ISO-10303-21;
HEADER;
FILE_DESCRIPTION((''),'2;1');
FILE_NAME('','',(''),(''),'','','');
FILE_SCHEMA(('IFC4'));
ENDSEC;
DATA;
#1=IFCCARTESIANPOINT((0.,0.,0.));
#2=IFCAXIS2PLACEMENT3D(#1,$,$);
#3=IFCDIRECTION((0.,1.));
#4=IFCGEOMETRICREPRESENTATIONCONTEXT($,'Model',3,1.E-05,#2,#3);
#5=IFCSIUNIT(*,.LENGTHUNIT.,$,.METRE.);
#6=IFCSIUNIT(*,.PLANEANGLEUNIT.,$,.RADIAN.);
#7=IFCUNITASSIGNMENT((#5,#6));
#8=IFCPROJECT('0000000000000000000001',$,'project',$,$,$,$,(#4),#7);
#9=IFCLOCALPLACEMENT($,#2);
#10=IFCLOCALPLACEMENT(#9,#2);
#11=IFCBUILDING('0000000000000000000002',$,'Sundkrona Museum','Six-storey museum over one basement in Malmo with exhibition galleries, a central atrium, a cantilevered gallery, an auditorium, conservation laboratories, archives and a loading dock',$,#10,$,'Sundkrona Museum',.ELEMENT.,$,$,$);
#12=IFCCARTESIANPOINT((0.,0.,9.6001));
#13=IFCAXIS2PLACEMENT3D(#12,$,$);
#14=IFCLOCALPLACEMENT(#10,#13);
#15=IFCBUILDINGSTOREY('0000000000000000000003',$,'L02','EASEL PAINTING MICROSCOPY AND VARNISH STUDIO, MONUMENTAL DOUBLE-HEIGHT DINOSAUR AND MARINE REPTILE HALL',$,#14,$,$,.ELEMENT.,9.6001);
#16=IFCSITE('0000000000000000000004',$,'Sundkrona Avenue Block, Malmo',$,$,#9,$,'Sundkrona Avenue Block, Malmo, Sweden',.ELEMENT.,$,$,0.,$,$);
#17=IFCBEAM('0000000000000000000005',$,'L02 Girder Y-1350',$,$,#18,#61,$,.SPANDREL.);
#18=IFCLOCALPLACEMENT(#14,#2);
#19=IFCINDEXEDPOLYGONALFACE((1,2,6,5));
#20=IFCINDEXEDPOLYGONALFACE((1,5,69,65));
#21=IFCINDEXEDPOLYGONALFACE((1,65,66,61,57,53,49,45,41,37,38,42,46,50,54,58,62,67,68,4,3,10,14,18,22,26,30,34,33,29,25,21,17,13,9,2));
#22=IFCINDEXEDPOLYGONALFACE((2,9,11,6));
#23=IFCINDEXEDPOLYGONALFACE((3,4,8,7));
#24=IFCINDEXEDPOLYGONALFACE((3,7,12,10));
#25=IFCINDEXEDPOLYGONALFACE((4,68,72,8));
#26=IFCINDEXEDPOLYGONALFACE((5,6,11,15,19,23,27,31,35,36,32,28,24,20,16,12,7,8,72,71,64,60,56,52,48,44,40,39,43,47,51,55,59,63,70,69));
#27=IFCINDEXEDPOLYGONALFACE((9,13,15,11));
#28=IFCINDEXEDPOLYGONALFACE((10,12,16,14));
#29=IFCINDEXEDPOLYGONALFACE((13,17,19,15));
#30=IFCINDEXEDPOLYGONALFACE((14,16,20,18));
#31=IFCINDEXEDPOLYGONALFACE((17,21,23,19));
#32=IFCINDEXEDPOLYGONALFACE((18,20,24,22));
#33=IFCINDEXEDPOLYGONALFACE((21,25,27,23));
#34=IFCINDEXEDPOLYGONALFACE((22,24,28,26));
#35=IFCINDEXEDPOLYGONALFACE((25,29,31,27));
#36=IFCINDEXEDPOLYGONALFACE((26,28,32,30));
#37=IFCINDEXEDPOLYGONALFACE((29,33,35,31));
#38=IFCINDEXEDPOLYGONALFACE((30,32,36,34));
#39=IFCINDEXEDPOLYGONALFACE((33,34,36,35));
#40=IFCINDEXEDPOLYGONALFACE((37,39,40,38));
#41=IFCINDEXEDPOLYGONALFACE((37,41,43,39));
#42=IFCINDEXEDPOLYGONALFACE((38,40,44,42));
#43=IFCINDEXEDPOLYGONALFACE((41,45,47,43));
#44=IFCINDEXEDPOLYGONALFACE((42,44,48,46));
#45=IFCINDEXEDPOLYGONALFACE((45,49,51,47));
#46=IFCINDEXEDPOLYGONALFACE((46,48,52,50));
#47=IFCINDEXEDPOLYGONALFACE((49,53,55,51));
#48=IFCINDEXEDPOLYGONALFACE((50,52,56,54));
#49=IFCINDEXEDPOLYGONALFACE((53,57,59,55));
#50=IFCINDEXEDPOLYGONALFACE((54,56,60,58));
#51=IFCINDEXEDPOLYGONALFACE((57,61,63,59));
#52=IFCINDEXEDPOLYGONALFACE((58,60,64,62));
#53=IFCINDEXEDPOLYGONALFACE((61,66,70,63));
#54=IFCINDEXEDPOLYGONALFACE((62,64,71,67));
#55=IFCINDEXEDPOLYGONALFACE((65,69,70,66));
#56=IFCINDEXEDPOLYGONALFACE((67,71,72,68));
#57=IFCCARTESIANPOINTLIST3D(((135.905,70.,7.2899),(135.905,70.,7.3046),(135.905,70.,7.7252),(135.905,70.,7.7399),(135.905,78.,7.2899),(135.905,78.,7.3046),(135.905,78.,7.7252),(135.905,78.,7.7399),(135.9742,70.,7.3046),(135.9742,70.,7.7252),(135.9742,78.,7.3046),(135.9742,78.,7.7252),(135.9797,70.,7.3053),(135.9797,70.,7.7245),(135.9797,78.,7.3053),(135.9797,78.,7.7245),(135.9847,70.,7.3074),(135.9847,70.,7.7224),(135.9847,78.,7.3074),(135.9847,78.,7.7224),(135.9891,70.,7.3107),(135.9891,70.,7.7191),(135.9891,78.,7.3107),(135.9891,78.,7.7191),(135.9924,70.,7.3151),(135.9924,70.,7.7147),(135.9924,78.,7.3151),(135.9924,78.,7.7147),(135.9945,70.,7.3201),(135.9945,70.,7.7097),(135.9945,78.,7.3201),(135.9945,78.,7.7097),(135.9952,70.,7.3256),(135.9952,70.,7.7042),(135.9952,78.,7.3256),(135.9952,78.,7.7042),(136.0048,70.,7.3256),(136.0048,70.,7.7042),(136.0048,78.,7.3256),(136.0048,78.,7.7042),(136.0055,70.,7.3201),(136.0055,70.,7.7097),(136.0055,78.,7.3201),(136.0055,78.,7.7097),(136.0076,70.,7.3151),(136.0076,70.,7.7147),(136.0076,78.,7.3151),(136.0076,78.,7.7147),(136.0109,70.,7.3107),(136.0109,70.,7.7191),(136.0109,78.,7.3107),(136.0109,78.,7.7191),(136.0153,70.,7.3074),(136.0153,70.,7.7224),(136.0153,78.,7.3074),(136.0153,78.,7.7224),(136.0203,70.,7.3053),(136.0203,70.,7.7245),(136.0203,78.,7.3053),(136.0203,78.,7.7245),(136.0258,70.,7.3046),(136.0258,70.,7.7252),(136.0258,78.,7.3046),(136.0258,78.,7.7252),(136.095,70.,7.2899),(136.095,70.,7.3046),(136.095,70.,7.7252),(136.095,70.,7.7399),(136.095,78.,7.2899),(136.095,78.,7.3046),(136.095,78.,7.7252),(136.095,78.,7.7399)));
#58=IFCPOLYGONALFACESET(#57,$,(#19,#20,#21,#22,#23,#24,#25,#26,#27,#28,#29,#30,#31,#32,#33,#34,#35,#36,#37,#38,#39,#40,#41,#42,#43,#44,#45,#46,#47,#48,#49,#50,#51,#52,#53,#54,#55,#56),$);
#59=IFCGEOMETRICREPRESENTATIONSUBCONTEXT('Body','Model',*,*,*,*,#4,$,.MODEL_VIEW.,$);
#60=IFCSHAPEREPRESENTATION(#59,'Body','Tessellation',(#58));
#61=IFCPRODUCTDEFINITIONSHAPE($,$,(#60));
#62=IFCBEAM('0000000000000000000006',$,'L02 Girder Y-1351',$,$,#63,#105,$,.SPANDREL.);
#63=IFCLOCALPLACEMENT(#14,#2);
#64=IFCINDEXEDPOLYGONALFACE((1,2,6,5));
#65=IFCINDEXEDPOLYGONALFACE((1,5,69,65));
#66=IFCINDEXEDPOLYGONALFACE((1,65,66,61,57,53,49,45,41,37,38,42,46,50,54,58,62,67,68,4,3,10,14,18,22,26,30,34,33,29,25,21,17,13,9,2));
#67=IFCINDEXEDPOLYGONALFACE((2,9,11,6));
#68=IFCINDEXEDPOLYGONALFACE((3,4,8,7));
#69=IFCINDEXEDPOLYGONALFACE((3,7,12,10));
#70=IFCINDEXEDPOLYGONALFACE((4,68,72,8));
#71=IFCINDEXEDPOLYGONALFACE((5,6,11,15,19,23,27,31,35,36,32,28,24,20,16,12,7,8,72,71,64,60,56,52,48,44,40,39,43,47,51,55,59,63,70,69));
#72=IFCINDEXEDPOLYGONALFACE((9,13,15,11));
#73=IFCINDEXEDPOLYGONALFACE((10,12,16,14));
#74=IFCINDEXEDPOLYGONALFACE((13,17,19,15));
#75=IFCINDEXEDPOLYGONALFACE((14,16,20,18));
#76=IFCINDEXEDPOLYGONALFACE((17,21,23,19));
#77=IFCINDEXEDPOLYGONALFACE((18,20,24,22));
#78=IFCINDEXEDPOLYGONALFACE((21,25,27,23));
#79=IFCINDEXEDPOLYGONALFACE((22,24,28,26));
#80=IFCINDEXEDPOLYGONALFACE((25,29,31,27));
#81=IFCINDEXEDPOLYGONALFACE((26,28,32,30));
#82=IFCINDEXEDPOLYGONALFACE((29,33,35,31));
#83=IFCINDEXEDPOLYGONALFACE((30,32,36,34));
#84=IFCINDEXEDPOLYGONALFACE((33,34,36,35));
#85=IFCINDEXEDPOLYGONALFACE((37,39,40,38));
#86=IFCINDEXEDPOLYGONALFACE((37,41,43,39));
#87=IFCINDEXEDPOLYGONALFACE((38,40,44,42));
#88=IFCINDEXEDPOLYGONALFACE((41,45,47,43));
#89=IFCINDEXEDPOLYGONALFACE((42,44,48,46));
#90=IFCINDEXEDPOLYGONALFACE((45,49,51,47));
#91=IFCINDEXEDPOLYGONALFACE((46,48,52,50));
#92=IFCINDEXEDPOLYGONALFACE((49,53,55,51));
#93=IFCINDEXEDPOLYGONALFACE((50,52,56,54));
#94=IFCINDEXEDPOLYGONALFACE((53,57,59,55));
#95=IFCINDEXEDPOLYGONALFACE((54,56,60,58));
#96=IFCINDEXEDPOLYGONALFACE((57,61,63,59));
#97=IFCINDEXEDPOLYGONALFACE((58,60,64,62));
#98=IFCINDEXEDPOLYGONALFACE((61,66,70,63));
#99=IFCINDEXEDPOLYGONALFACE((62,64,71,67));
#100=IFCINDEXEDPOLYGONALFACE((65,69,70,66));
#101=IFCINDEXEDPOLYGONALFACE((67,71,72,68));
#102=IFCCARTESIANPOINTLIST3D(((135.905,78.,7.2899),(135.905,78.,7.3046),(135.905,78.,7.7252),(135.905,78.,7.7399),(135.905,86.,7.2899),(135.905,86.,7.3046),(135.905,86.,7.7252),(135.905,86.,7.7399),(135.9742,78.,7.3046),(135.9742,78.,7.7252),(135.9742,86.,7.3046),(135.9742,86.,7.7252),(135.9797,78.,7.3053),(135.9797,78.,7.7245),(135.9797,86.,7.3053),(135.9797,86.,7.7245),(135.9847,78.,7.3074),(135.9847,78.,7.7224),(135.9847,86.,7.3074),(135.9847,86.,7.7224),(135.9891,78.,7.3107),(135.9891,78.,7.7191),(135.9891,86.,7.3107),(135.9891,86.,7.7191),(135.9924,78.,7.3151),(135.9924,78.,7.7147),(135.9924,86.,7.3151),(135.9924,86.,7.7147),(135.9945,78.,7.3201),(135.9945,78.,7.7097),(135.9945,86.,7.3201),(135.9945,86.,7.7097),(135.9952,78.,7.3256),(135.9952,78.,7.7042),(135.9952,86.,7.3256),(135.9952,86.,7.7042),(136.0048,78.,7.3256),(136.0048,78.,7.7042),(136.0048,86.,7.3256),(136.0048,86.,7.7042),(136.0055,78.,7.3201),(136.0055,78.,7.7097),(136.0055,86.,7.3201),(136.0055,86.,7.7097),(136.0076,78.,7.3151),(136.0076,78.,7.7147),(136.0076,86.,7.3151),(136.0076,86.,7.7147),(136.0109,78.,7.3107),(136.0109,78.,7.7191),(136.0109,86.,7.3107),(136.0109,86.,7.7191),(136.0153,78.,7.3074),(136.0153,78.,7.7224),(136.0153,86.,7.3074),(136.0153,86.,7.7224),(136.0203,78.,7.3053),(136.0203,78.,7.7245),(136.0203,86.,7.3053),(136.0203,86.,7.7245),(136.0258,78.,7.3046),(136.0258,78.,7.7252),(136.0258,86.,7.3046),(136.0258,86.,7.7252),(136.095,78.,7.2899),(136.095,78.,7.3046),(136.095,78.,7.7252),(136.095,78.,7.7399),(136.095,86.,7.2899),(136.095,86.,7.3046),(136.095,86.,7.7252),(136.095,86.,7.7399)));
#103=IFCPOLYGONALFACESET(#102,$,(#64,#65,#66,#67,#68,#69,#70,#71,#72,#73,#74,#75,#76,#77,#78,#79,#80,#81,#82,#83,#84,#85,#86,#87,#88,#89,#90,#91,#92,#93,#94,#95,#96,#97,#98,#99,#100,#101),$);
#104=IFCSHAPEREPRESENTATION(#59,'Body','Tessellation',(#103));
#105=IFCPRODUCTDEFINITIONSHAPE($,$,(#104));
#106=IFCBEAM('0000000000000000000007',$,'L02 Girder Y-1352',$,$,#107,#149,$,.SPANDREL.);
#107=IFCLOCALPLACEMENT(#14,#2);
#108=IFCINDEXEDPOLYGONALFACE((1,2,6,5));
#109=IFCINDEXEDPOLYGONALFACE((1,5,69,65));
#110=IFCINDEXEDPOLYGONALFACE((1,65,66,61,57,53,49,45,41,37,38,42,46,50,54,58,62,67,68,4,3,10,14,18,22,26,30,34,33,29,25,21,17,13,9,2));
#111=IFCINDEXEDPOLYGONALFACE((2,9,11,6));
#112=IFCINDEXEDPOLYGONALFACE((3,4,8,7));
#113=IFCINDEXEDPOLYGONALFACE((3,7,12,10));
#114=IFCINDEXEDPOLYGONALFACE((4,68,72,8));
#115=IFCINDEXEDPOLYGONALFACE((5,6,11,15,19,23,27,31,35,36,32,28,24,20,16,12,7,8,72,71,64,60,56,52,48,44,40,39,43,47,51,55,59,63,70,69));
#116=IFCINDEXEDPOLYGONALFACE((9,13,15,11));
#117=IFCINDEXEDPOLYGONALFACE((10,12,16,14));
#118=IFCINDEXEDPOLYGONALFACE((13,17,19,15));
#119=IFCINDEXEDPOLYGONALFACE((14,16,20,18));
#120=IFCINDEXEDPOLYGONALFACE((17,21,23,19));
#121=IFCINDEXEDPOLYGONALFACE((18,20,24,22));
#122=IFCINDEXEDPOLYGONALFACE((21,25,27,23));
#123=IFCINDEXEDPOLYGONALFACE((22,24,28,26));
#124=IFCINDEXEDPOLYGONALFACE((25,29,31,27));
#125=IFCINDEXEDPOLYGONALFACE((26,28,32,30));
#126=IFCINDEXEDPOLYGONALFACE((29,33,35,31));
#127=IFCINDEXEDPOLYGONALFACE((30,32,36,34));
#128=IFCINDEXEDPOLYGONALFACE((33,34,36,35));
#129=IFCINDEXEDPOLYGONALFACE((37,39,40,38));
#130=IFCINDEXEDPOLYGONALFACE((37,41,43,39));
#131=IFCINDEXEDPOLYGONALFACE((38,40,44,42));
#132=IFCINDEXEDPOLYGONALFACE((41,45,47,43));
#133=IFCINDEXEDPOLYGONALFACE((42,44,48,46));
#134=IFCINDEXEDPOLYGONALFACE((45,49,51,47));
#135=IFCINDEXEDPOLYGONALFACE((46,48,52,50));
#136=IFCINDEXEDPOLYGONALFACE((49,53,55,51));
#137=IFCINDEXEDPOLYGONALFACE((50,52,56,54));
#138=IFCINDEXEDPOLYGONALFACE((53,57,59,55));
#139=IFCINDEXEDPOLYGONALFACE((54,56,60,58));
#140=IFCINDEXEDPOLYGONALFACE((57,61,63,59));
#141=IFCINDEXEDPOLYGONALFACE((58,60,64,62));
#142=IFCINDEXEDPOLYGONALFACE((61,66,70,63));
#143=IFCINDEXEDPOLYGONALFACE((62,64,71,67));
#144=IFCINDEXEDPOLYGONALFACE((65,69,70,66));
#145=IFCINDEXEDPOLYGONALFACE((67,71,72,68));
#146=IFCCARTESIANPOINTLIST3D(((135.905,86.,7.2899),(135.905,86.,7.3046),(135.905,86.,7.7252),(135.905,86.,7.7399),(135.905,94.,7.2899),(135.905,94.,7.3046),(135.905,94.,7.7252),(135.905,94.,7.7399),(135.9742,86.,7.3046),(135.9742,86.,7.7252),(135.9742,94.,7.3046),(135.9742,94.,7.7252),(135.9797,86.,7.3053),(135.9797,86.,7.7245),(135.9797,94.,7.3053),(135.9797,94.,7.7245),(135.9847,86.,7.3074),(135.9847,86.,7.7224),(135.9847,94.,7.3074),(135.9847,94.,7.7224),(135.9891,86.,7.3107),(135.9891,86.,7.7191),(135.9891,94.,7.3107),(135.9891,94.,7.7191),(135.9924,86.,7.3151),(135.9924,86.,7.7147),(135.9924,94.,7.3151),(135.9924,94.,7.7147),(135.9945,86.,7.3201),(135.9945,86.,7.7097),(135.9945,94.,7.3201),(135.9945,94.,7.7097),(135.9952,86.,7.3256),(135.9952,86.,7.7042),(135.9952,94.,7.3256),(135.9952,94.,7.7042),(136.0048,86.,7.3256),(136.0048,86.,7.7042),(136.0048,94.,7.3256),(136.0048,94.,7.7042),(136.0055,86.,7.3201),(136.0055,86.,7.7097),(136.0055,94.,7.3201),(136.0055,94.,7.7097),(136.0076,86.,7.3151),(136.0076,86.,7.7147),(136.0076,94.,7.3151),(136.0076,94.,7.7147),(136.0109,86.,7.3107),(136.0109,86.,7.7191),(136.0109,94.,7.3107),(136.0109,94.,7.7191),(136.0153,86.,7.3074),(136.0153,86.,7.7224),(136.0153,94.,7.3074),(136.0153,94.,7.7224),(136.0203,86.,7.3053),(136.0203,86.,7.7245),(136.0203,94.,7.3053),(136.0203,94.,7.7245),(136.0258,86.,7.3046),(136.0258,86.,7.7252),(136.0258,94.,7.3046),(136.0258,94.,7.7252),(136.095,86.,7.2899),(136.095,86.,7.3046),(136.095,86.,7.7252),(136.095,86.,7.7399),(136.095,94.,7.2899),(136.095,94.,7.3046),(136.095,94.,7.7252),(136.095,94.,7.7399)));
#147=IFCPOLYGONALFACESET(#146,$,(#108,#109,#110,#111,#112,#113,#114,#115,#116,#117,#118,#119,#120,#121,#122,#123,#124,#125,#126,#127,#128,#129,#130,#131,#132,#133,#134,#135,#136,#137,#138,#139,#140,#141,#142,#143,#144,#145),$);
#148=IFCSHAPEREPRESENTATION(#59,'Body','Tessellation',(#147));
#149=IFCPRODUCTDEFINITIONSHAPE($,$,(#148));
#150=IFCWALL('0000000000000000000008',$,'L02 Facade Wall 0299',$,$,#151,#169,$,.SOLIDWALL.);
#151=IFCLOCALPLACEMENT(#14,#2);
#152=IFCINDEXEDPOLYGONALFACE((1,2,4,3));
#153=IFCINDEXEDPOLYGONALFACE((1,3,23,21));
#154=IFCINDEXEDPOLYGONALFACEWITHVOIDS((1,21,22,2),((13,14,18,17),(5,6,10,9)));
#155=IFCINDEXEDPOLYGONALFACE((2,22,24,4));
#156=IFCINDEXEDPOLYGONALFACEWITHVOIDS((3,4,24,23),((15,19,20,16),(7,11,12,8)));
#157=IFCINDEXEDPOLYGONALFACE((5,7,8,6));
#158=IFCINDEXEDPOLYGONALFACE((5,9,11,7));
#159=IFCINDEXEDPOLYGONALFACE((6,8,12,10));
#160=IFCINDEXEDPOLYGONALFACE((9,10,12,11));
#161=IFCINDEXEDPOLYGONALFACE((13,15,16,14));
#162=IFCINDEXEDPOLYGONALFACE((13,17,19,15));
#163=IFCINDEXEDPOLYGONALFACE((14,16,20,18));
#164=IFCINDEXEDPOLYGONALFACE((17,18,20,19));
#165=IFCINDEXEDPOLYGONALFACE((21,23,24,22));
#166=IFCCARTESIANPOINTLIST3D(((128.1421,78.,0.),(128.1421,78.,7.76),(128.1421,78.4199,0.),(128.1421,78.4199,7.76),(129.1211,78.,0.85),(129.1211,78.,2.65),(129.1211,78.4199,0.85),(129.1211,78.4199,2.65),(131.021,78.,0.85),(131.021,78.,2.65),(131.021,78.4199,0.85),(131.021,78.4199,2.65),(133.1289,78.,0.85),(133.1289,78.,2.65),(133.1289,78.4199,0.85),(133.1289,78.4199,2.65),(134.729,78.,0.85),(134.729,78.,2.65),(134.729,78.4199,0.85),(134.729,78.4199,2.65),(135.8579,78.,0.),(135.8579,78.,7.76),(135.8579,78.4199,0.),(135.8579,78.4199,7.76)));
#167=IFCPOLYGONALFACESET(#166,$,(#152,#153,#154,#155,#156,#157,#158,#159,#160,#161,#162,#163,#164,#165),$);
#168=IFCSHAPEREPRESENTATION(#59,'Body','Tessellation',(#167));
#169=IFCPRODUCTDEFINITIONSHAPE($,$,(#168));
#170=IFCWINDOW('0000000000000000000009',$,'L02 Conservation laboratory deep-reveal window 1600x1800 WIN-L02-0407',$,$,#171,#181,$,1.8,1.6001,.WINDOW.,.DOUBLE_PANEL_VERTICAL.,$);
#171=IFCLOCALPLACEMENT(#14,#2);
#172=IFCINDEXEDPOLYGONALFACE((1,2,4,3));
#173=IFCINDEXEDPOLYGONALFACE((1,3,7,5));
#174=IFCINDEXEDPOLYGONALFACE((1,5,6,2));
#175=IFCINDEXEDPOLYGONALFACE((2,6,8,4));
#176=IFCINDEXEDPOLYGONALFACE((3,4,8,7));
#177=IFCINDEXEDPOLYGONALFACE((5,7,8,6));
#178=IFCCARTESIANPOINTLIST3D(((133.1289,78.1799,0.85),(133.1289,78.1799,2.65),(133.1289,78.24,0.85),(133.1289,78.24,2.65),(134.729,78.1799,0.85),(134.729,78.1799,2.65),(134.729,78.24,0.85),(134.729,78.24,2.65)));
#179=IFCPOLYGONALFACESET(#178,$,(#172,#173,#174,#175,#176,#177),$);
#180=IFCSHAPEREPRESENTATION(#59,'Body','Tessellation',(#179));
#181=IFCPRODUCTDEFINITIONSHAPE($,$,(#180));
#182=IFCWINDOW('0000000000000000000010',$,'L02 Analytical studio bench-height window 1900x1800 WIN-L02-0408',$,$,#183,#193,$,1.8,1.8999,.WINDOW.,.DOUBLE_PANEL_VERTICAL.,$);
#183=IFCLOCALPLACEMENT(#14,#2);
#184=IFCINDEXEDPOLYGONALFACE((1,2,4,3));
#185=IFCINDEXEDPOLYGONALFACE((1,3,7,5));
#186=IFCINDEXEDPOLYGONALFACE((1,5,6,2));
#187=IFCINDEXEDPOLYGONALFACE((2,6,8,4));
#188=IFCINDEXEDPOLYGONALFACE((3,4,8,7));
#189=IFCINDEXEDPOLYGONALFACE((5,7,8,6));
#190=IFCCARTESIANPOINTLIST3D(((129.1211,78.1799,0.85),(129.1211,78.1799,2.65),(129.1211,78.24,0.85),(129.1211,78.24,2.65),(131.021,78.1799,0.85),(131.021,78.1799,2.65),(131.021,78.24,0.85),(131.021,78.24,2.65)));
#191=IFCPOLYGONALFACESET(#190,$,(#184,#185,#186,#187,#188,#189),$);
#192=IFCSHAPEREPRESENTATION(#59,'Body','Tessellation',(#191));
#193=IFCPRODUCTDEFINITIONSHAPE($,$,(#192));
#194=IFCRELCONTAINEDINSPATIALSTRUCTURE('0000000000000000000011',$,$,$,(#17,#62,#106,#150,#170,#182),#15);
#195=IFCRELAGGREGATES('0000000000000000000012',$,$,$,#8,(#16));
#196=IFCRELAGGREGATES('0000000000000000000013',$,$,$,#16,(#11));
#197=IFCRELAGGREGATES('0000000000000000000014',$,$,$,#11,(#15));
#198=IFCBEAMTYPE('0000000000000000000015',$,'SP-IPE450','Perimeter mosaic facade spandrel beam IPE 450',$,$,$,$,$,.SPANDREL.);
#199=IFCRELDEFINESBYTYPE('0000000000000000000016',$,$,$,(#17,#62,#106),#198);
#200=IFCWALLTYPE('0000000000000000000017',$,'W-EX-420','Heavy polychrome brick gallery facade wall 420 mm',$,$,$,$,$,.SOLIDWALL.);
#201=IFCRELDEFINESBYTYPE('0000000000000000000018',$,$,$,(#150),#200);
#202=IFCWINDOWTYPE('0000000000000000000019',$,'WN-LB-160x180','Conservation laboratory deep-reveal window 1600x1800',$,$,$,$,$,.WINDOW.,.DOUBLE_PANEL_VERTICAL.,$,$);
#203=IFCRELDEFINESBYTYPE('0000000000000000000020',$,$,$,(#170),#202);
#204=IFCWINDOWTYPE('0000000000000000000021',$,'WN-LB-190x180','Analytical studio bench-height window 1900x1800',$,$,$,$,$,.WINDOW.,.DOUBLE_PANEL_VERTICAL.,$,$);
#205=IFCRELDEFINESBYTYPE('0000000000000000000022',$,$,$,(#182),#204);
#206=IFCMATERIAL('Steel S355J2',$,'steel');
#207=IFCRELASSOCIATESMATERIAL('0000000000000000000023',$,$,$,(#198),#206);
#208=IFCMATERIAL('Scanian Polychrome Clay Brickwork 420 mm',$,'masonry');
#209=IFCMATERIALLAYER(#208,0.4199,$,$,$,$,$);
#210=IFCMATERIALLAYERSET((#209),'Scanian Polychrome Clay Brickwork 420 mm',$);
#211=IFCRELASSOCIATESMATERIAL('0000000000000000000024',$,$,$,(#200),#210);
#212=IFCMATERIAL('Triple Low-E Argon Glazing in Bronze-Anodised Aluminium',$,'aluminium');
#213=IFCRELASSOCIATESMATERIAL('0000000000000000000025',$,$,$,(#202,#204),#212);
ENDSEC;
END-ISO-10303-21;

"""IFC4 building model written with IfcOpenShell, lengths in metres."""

from ifc_helpers import new_model, si_unit, direction, frame, frame_2d, origin, origin_2d, place, context, subcontext, project, spatial, rectangle, i_section, extrude, material, layer, layer_set, material_profile, profile_set, type_object, element, fill, save


model = new_model("IFC4")

# Units and contexts
model_context = context("Model", 3, precision=1e-05, world=origin(), true_north=direction((0.0, 1.0)))
body_context = subcontext(model_context, "Body", "Model", "MODEL_VIEW")
ifc_project = project(units=[si_unit("LENGTHUNIT", "METRE"), si_unit("PLANEANGLEUNIT", "RADIAN")], contexts=[model_context])

# Site, building, storey
site_placement = place(None, origin())
site = spatial("IfcSite", under=ifc_project, at=site_placement, Name="Sundkrona Avenue Block, Malmo", LongName="Sundkrona Avenue Block, Malmo, Sweden", CompositionType="ELEMENT", RefElevation=0.0)
building_placement = place(site_placement, origin())
building = spatial("IfcBuilding", under=site, at=building_placement, Name="Sundkrona Museum", Description="Six-storey museum over one basement in Malmo with exhibition galleries, a central atrium, a cantilevered gallery, an auditorium, conservation laboratories, archives and a loading dock", LongName="Sundkrona Museum", CompositionType="ELEMENT")
storey_placement = place(building_placement, frame((0.0, 0.0, 9.6001)))
storey = spatial("IfcBuildingStorey", under=building, at=storey_placement, Name="L02", Description="EASEL PAINTING MICROSCOPY AND VARNISH STUDIO, MONUMENTAL DOUBLE-HEIGHT DINOSAUR AND MARINE REPTILE HALL", CompositionType="ELEMENT", Elevation=9.6001)

# Shared definitions
ifc_material_1 = material(Name="Steel S355J2", Category="steel")

# Beams
ifc_material_profile_1 = material_profile(ifc_material_1, i_section(OverallWidth=0.1899, OverallDepth=0.45, WebThickness=0.0095, FlangeThickness=0.0146, FilletRadius=0.021, at=origin_2d()), Name="IPE 450")
ifc_profile_set_1 = profile_set([ifc_material_profile_1], Name="Steel S355J2")
beam_type_1 = type_object("IfcBeamType", Name="SP-IPE450", Description="Perimeter mosaic facade spandrel beam IPE 450", PredefinedType="SPANDREL", material=ifc_profile_set_1)
for number, where, z_axis, x_axis, name in (
    (1, (136.0, 70.0, 7.5149), (0.0, 1.0, 0.0), (-1.0, 0.0, 0.0), "L02 Girder Y-1350"),
    (2, (136.0, 78.0, 7.5149), (0.0, 1.0, 0.0), (-1.0, 0.0, 0.0), "L02 Girder Y-1351"),
    (3, (136.0, 86.0, 7.5149), (0.0, 1.0, 0.0), (-1.0, 0.0, 0.0), "L02 Girder Y-1352"),
):
    element("IfcBeam", number, at=place(storey_placement, frame(where, z_axis=z_axis, x_axis=x_axis)), inside=storey, type_object=beam_type_1, Name=name, PredefinedType="SPANDREL", context=body_context, shape_type="SweptSolid", body=[
        extrude(i_section(OverallWidth=0.1899, OverallDepth=0.45, WebThickness=0.0095, FlangeThickness=0.0146, FilletRadius=0.021, at=origin_2d()), origin(), (0.0, 0.0, 1.0), 8.0),
    ])

# Wall, openings, windows
ifc_material_2 = material(Name="Scanian Polychrome Clay Brickwork 420 mm", Category="masonry")
ifc_layer_1 = layer(ifc_material_2, 0.4199)
ifc_layer_set_1 = layer_set([ifc_layer_1], Name="Scanian Polychrome Clay Brickwork 420 mm")
wall_type_1 = type_object("IfcWallType", Name="W-EX-420", Description="Heavy polychrome brick gallery facade wall 420 mm", PredefinedType="SOLIDWALL", material=ifc_layer_set_1)
wall_1_placement = place(storey_placement, frame((135.8579, 78.21, 0.0), z_axis=(0.0, 0.0, 1.0), x_axis=(-1.0, 0.0, 0.0)))
wall_1 = element("IfcWall", 4, at=wall_1_placement, inside=storey, type_object=wall_type_1, Name="L02 Facade Wall 0299", PredefinedType="SOLIDWALL", context=body_context, shape_type="SweptSolid", body=[
    extrude(rectangle(XDim=7.7158, YDim=0.4199, at=frame_2d((3.8579, 0.0))), origin(), (0.0, 0.0, 1.0), 7.76),
])
opening_1_placement = place(wall_1_placement, frame((1.1289, 0.0, 0.8501)))
opening_1 = element("IfcOpeningElement", 5, at=opening_1_placement, cuts=wall_1, PredefinedType="OPENING", context=body_context, shape_type="SweptSolid", body=[
    extrude(rectangle(XDim=1.6001, YDim=1.8, at=frame_2d((0.8, 0.8999))), frame((0.0, 0.22, 0.0), z_axis=(0.0, -1.0, 0.0), x_axis=(1.0, 0.0, 0.0)), (0.0, 0.0, 1.0), 0.4399),
])
opening_2_placement = place(wall_1_placement, frame((4.8369, 0.0, 0.8501)))
opening_2 = element("IfcOpeningElement", 6, at=opening_2_placement, cuts=wall_1, PredefinedType="OPENING", context=body_context, shape_type="SweptSolid", body=[
    extrude(rectangle(XDim=1.8999, YDim=1.8, at=frame_2d((0.95, 0.8999))), frame((0.0, 0.22, 0.0), z_axis=(0.0, -1.0, 0.0), x_axis=(1.0, 0.0, 0.0)), (0.0, 0.0, 1.0), 0.4399),
])
ifc_material_3 = material(Name="Triple Low-E Argon Glazing in Bronze-Anodised Aluminium", Category="aluminium")
window_type_1 = type_object("IfcWindowType", Name="WN-LB-160x180", Description="Conservation laboratory deep-reveal window 1600x1800", PartitioningType="DOUBLE_PANEL_VERTICAL", PredefinedType="WINDOW", material=ifc_material_3)
window_1_placement = place(opening_1_placement, origin())
window_1 = element("IfcWindow", 7, at=window_1_placement, inside=storey, type_object=window_type_1, Name="L02 Conservation laboratory deep-reveal window 1600x1800 WIN-L02-0407", OverallHeight=1.8, OverallWidth=1.6001, PartitioningType="DOUBLE_PANEL_VERTICAL", PredefinedType="WINDOW", context=body_context, shape_type="SweptSolid", body=[
    extrude(rectangle(XDim=1.6001, YDim=1.8, at=frame_2d((0.8, 0.8999))), frame((0.0, 0.03, 0.0), z_axis=(0.0, -1.0, 0.0), x_axis=(1.0, 0.0, 0.0)), (0.0, 0.0, 1.0), 0.0601),
])
fill(opening_1, window_1)
window_type_2 = type_object("IfcWindowType", Name="WN-LB-190x180", Description="Analytical studio bench-height window 1900x1800", PartitioningType="DOUBLE_PANEL_VERTICAL", PredefinedType="WINDOW", material=ifc_material_3)
window_2_placement = place(opening_2_placement, origin())
window_2 = element("IfcWindow", 8, at=window_2_placement, inside=storey, type_object=window_type_2, Name="L02 Analytical studio bench-height window 1900x1800 WIN-L02-0408", OverallHeight=1.8, OverallWidth=1.8999, PartitioningType="DOUBLE_PANEL_VERTICAL", PredefinedType="WINDOW", context=body_context, shape_type="SweptSolid", body=[
    extrude(rectangle(XDim=1.8999, YDim=1.8, at=frame_2d((0.95, 0.8999))), frame((0.0, 0.03, 0.0), z_axis=(0.0, -1.0, 0.0), x_axis=(1.0, 0.0, 0.0)), (0.0, 0.0, 1.0), 0.0601),
])
fill(opening_2, window_2)

save(model, "model.ifc")
